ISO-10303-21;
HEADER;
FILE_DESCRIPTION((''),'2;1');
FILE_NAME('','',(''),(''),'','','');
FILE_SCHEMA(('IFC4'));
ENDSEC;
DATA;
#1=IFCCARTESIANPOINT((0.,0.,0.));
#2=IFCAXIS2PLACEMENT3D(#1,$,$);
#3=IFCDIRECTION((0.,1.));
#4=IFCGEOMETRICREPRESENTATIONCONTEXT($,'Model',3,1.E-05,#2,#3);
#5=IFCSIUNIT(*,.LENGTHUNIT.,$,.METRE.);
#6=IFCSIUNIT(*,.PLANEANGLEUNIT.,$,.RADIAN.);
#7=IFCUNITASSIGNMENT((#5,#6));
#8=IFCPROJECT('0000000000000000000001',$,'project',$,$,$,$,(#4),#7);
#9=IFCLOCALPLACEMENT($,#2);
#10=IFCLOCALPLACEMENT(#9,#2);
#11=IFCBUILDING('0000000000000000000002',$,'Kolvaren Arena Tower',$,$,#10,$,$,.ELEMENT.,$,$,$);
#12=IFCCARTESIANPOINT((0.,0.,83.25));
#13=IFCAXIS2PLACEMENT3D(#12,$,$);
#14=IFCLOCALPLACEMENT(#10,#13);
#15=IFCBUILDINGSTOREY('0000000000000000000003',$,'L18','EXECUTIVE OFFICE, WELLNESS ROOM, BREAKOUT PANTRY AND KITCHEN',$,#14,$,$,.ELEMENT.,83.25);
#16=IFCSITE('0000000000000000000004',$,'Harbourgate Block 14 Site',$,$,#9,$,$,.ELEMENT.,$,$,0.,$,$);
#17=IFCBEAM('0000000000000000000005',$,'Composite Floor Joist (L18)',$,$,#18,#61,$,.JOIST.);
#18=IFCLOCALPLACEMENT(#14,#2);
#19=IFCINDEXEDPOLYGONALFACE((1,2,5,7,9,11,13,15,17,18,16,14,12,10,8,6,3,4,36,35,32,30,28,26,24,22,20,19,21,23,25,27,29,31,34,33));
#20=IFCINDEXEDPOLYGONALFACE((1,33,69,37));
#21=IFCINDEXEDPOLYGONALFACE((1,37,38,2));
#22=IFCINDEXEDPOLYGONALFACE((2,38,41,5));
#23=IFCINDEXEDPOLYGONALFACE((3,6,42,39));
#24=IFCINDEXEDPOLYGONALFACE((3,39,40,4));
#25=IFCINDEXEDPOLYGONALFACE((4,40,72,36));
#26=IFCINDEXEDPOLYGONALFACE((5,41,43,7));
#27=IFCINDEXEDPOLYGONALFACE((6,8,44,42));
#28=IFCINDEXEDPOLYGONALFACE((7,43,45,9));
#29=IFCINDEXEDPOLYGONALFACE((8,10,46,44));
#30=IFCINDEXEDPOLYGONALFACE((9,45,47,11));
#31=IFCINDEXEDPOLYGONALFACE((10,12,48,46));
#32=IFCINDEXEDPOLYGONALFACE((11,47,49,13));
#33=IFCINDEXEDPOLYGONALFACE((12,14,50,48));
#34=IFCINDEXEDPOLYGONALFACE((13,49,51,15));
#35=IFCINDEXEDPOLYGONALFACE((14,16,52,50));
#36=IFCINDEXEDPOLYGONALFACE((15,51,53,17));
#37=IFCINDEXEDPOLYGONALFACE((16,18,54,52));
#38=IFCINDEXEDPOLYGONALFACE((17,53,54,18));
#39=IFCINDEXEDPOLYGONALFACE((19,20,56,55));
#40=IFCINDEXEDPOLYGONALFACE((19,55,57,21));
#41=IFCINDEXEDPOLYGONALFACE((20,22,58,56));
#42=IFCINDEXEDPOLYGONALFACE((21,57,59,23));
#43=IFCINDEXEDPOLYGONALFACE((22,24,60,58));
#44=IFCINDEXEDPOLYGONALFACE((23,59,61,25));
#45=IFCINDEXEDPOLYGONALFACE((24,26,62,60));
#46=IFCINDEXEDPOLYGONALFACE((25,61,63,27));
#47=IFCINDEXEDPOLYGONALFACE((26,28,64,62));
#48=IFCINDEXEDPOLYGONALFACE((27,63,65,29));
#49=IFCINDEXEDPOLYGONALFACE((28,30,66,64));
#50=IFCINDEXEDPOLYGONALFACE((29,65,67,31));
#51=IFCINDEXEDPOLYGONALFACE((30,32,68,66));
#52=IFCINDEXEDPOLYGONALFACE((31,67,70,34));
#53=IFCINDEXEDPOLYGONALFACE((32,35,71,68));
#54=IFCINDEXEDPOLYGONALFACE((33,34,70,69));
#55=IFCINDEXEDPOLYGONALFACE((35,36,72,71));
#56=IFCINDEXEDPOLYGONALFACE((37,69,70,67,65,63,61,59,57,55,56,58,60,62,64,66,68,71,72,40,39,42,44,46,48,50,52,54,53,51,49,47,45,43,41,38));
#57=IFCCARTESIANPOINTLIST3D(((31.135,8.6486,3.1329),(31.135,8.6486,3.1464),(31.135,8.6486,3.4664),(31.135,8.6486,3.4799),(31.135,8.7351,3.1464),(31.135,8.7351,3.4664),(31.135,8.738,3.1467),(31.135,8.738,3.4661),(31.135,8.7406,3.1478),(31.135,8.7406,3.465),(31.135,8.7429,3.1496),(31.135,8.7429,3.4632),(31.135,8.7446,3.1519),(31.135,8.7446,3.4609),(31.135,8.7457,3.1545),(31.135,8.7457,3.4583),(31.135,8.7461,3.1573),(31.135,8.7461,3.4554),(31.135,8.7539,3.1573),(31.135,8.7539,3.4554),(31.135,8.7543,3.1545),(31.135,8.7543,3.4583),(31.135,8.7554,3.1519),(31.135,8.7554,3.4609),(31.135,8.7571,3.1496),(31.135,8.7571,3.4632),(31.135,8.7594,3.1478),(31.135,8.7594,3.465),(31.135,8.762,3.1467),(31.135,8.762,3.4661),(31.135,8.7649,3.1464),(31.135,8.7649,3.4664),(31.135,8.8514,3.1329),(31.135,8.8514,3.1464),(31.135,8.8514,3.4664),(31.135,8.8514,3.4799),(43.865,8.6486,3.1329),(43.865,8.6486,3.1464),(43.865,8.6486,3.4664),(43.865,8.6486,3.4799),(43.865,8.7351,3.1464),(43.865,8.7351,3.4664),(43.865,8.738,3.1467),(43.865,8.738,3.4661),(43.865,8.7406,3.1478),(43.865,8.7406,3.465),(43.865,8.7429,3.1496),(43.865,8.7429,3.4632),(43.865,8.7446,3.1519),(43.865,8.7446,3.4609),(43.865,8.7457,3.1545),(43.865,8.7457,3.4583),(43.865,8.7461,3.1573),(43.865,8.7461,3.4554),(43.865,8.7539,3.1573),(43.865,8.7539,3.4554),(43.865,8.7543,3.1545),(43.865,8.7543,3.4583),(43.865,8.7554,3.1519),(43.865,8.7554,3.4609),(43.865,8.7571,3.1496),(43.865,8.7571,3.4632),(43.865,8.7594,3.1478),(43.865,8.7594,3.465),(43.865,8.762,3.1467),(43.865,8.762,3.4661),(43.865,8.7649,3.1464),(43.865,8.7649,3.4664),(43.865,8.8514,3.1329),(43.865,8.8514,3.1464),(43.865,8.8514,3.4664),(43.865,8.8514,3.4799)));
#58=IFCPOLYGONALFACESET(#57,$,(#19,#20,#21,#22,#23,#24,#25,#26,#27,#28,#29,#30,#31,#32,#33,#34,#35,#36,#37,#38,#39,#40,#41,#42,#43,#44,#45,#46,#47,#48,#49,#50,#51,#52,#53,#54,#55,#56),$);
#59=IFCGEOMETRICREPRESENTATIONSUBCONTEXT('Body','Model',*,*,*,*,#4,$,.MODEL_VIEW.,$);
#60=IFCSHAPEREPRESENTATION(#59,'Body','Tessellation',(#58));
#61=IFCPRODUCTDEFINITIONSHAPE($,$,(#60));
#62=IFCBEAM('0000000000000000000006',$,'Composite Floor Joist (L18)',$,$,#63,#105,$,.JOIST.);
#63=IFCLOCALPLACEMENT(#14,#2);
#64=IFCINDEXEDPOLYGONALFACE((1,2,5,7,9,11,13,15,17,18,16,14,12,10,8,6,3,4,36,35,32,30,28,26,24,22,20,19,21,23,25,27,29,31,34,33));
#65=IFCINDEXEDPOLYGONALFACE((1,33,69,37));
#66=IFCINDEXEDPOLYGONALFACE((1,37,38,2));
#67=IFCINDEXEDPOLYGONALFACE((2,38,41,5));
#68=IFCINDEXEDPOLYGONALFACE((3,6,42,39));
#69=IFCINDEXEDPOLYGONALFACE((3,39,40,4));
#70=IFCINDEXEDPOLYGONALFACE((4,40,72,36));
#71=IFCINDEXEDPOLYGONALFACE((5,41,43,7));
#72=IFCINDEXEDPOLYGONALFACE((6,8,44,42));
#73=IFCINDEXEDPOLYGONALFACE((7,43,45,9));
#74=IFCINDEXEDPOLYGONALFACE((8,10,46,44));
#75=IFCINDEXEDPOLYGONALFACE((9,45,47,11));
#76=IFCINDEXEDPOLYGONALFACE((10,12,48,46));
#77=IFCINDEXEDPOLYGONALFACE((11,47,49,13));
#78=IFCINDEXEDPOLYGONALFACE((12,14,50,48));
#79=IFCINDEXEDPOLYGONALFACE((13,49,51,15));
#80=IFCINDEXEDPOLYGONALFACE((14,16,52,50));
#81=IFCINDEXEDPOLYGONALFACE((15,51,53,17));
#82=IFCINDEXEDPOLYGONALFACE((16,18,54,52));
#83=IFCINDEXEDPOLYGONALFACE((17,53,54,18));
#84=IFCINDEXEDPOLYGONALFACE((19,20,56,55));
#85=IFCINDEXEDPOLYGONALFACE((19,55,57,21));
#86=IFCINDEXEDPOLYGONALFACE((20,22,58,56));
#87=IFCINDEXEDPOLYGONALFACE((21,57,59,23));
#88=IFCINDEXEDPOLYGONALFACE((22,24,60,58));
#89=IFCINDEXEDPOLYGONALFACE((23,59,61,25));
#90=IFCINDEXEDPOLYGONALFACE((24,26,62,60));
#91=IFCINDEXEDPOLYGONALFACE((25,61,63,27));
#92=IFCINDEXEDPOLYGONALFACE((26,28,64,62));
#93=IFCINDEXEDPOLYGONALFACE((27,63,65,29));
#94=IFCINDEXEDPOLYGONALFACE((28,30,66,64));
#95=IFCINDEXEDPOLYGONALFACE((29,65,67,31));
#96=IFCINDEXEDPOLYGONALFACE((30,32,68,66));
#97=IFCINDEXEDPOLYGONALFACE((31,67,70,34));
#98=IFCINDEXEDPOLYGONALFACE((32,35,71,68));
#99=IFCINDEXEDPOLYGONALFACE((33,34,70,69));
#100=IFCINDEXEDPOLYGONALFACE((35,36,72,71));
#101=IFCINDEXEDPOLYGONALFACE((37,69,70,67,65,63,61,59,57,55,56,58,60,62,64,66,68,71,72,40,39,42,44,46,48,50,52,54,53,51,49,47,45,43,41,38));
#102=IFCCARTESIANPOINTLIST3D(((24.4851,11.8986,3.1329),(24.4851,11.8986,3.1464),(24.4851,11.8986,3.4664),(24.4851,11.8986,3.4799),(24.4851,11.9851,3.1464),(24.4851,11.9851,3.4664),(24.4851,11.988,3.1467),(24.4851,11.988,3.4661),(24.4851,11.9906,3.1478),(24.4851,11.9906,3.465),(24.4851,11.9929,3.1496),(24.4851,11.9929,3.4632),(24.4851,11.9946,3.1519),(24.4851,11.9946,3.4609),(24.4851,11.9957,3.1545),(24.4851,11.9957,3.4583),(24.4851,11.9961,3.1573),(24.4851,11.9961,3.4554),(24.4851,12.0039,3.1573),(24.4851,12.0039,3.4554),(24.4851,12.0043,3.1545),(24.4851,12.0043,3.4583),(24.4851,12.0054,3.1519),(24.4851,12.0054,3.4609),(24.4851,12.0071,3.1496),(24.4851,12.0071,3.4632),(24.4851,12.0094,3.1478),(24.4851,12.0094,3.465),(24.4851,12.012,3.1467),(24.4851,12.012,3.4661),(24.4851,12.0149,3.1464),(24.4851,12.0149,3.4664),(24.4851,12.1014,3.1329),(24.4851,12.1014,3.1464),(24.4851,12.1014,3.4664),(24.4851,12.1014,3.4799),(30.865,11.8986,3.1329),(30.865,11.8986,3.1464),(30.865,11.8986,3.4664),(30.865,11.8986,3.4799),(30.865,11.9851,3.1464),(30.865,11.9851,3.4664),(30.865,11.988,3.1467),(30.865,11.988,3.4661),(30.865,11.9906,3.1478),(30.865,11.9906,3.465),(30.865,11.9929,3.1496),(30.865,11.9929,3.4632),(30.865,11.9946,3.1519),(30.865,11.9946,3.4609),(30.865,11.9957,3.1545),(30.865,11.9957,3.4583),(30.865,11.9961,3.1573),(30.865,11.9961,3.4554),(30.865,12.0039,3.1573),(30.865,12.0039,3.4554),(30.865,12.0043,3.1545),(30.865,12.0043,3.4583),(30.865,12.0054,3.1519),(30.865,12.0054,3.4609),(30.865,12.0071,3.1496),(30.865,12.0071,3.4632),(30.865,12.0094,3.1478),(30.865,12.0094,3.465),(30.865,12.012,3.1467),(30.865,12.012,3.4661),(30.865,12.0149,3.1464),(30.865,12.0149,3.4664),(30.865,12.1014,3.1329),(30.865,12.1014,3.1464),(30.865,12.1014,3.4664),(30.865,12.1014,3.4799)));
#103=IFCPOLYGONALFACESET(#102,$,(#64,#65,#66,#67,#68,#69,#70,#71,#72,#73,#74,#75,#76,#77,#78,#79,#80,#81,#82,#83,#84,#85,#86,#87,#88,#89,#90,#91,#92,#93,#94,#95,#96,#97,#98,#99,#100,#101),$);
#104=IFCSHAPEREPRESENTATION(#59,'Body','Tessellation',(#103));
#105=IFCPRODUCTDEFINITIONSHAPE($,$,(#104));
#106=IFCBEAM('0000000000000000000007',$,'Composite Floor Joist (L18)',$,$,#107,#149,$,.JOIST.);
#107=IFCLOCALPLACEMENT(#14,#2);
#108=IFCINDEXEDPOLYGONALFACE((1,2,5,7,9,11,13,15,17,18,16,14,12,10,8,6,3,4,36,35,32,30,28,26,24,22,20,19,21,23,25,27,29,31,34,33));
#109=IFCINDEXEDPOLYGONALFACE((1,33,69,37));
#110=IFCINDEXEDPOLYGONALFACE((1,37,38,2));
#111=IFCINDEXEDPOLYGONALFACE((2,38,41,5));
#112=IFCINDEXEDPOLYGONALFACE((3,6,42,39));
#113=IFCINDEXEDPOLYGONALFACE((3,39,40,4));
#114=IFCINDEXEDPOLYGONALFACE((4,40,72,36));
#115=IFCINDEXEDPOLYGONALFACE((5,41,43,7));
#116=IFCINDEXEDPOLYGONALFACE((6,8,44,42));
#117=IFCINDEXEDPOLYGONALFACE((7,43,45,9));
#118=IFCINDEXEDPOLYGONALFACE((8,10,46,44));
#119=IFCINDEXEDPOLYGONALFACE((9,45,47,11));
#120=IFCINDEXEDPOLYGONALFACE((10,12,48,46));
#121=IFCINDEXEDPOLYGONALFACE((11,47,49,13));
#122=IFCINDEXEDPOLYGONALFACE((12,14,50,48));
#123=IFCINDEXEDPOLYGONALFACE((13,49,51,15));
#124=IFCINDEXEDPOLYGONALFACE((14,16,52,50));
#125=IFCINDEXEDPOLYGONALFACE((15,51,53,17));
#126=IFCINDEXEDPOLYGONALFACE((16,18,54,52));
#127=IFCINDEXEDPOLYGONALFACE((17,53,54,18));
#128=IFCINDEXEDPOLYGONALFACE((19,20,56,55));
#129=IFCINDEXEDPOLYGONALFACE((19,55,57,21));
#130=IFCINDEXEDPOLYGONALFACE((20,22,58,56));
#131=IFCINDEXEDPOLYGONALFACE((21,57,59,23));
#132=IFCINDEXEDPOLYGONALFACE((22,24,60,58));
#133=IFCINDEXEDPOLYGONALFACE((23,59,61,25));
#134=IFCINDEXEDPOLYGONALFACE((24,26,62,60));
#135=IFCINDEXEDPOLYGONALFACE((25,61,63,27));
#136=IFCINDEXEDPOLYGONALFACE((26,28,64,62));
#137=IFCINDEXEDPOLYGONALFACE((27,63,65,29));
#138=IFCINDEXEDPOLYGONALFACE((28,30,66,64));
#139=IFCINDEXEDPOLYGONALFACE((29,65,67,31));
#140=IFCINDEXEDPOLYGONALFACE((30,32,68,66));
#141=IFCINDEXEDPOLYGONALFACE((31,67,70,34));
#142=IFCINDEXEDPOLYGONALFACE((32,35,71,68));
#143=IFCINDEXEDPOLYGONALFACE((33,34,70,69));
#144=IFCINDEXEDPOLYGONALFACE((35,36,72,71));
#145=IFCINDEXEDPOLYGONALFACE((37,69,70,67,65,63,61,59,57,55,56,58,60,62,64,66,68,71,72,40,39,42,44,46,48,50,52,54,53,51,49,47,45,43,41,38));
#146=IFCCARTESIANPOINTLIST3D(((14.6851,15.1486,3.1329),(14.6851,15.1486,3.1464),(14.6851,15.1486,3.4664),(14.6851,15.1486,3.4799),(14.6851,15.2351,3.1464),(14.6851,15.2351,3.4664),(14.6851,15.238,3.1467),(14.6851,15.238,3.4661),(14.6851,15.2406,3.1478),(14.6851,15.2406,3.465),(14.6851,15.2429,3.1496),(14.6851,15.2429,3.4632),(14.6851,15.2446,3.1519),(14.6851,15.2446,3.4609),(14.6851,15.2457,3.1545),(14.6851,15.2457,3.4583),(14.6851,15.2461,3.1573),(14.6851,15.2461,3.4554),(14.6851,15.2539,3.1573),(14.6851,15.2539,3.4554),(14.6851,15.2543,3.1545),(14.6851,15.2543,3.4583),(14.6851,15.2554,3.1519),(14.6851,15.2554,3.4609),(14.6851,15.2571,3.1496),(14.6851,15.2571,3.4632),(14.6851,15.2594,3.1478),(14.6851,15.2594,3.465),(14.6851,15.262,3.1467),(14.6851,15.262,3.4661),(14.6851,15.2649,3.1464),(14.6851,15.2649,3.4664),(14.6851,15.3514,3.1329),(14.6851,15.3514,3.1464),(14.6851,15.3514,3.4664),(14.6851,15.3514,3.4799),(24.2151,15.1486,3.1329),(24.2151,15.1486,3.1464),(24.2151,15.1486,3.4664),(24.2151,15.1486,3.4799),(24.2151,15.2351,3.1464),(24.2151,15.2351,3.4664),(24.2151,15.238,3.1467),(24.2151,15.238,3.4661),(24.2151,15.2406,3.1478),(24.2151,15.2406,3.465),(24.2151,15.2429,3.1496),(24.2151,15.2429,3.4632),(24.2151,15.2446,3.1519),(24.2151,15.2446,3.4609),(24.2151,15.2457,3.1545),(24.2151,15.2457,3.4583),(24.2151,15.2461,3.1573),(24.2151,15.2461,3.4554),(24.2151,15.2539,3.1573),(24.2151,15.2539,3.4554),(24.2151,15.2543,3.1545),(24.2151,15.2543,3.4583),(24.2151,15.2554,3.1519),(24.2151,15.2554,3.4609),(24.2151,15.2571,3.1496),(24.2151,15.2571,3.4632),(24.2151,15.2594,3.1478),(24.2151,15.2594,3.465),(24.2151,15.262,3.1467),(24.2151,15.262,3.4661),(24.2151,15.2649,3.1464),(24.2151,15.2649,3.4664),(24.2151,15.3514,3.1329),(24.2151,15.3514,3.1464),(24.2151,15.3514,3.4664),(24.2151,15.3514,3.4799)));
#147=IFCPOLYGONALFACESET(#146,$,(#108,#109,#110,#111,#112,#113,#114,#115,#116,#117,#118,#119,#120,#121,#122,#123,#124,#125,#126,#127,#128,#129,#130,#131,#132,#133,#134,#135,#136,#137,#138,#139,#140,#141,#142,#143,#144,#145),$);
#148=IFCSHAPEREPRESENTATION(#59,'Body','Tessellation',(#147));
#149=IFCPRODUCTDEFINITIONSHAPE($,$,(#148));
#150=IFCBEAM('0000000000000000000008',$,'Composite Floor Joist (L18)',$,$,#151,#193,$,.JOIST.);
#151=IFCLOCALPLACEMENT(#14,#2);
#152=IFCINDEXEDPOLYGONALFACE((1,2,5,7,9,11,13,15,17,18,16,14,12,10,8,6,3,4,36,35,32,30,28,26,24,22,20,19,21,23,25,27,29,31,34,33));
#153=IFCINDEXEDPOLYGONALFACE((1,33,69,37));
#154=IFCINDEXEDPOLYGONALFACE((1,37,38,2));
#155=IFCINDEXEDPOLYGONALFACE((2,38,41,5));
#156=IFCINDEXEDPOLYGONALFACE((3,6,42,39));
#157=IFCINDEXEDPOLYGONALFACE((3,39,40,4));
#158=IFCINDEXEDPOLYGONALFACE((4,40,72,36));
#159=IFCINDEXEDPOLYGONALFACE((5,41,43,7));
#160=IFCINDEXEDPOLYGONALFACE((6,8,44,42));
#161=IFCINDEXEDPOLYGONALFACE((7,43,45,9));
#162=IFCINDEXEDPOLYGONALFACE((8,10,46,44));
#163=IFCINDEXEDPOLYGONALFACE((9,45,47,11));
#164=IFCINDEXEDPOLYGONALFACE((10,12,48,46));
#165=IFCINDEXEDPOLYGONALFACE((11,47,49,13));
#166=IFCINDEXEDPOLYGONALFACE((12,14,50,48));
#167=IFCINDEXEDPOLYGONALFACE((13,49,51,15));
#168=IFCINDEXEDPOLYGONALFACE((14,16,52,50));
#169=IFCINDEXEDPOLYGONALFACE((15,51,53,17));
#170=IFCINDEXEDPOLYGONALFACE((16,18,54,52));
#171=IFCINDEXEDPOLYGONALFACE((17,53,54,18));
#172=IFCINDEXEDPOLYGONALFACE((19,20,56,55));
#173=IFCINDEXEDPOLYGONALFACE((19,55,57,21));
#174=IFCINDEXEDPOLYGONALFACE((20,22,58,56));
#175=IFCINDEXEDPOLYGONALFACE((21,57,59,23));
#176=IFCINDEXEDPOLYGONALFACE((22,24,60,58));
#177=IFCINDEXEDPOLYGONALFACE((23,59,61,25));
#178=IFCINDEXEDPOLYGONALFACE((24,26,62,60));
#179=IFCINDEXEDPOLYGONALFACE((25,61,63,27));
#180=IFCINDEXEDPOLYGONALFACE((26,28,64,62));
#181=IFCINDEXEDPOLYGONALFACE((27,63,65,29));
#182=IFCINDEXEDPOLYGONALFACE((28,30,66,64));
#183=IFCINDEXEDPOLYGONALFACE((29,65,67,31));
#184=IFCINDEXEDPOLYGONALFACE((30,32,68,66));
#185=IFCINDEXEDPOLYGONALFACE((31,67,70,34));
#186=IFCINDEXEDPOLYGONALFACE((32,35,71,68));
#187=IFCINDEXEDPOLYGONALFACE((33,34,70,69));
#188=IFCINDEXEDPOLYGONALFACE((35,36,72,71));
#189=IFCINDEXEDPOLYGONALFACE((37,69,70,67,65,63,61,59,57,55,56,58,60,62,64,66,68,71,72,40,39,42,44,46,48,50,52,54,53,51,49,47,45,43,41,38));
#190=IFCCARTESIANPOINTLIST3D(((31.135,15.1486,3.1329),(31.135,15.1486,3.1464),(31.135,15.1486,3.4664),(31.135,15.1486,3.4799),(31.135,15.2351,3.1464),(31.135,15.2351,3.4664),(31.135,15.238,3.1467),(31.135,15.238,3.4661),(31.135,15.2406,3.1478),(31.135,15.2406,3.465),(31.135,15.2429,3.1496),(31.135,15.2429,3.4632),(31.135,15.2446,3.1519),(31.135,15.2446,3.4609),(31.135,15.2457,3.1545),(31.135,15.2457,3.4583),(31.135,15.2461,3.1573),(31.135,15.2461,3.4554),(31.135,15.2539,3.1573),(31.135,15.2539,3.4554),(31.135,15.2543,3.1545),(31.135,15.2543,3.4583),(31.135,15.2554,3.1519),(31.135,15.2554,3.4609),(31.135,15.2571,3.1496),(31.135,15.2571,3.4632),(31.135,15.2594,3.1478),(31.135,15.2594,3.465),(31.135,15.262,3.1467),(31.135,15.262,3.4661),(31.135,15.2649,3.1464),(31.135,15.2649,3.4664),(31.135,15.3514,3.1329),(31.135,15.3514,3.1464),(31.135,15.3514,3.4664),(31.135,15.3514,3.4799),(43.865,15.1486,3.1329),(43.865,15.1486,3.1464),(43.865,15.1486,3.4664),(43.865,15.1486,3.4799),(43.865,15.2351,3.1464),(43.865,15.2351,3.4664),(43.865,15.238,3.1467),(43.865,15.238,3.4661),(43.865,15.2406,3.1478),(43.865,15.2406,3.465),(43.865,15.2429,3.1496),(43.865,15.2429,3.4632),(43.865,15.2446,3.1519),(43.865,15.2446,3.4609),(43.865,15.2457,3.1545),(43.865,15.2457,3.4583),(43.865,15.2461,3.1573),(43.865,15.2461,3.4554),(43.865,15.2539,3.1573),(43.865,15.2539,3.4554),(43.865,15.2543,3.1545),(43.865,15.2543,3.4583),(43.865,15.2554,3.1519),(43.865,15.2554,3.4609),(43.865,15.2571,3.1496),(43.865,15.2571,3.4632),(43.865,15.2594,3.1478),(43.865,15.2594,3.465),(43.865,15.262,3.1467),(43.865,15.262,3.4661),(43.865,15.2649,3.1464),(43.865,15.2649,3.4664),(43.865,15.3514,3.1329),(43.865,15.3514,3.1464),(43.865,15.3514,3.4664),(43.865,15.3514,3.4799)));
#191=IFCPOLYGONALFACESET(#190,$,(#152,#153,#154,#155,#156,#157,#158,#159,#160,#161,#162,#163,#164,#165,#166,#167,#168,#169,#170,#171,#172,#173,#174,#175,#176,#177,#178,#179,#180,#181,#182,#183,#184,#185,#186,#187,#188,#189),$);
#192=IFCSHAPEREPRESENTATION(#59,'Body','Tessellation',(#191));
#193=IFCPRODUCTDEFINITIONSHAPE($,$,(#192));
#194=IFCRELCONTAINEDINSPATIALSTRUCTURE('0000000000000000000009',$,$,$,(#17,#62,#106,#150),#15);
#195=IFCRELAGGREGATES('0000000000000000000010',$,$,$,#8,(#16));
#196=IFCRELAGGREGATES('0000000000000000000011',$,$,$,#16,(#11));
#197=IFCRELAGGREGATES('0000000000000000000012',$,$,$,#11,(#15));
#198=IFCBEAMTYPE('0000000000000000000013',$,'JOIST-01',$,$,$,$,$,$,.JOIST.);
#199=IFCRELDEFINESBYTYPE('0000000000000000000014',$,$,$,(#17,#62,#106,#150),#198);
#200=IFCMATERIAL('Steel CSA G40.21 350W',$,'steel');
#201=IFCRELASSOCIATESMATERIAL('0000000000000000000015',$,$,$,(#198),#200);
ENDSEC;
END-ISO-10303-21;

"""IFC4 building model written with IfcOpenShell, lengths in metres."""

from ifc_helpers import new_model, si_unit, direction, frame, origin, origin_2d, place, context, subcontext, project, spatial, i_section, extrude, material, material_profile, profile_set, type_object, element, save


model = new_model("IFC4")

# Units and contexts
model_context = context("Model", 3, precision=1e-05, world=origin(), true_north=direction((0.0, 1.0)))
body_context = subcontext(model_context, "Body", "Model", "MODEL_VIEW")
ifc_project = project(units=[si_unit("LENGTHUNIT", "METRE"), si_unit("PLANEANGLEUNIT", "RADIAN")], contexts=[model_context])

# Site, building, storey
site_placement = place(None, origin())
site = spatial("IfcSite", under=ifc_project, at=site_placement, Name="Harbourgate Block 14 Site", CompositionType="ELEMENT", RefElevation=0.0)
building_placement = place(site_placement, origin())
building = spatial("IfcBuilding", under=site, at=building_placement, Name="Kolvaren Arena Tower", CompositionType="ELEMENT")
storey_placement = place(building_placement, frame((0.0, 0.0, 83.25)))
storey = spatial("IfcBuildingStorey", under=building, at=storey_placement, Name="L18", Description="EXECUTIVE OFFICE, WELLNESS ROOM, BREAKOUT PANTRY AND KITCHEN", CompositionType="ELEMENT", Elevation=83.25)

# Beams
ifc_material_1 = material(Name="Steel CSA G40.21 350W", Category="steel")
ifc_material_profile_1 = material_profile(ifc_material_1, i_section(OverallWidth=0.2029, OverallDepth=0.3469, WebThickness=0.0078, FlangeThickness=0.0134, FilletRadius=0.011, at=origin_2d()), Name="W360x64")
ifc_profile_set_1 = profile_set([ifc_material_profile_1], Name="Steel CSA G40.21 350W")
beam_type_1 = type_object("IfcBeamType", Name="JOIST-01", PredefinedType="JOIST", material=ifc_profile_set_1)
beam_1_placement = place(storey_placement, frame((31.135, 8.75, 3.3064), z_axis=(1.0, 0.0, 0.0), x_axis=(0.0, 1.0, 0.0)))
element("IfcBeam", 1, at=beam_1_placement, inside=storey, type_object=beam_type_1, Name="Composite Floor Joist (L18)", PredefinedType="JOIST", context=body_context, shape_type="SweptSolid", body=[
    extrude(i_section(OverallWidth=0.2029, OverallDepth=0.3469, WebThickness=0.0078, FlangeThickness=0.0134, FilletRadius=0.011, at=origin_2d()), origin(), (0.0, 0.0, 1.0), 12.73),
])
beam_2_placement = place(storey_placement, frame((24.4851, 12.0, 3.3064), z_axis=(1.0, 0.0, 0.0), x_axis=(0.0, 1.0, 0.0)))
element("IfcBeam", 2, at=beam_2_placement, inside=storey, type_object=beam_type_1, Name="Composite Floor Joist (L18)", PredefinedType="JOIST", context=body_context, shape_type="SweptSolid", body=[
    extrude(i_section(OverallWidth=0.2029, OverallDepth=0.3469, WebThickness=0.0078, FlangeThickness=0.0134, FilletRadius=0.011, at=origin_2d()), origin(), (0.0, 0.0, 1.0), 6.3799),
])
beam_3_placement = place(storey_placement, frame((14.6851, 15.25, 3.3064), z_axis=(1.0, 0.0, 0.0), x_axis=(0.0, 1.0, 0.0)))
element("IfcBeam", 3, at=beam_3_placement, inside=storey, type_object=beam_type_1, Name="Composite Floor Joist (L18)", PredefinedType="JOIST", context=body_context, shape_type="SweptSolid", body=[
    extrude(i_section(OverallWidth=0.2029, OverallDepth=0.3469, WebThickness=0.0078, FlangeThickness=0.0134, FilletRadius=0.011, at=origin_2d()), origin(), (0.0, 0.0, 1.0), 9.53),
])
beam_4_placement = place(storey_placement, frame((31.135, 15.25, 3.3064), z_axis=(1.0, 0.0, 0.0), x_axis=(0.0, 1.0, 0.0)))
element("IfcBeam", 4, at=beam_4_placement, inside=storey, type_object=beam_type_1, Name="Composite Floor Joist (L18)", PredefinedType="JOIST", context=body_context, shape_type="SweptSolid", body=[
    extrude(i_section(OverallWidth=0.2029, OverallDepth=0.3469, WebThickness=0.0078, FlangeThickness=0.0134, FilletRadius=0.011, at=origin_2d()), origin(), (0.0, 0.0, 1.0), 12.73),
])

save(model, "model.ifc")
